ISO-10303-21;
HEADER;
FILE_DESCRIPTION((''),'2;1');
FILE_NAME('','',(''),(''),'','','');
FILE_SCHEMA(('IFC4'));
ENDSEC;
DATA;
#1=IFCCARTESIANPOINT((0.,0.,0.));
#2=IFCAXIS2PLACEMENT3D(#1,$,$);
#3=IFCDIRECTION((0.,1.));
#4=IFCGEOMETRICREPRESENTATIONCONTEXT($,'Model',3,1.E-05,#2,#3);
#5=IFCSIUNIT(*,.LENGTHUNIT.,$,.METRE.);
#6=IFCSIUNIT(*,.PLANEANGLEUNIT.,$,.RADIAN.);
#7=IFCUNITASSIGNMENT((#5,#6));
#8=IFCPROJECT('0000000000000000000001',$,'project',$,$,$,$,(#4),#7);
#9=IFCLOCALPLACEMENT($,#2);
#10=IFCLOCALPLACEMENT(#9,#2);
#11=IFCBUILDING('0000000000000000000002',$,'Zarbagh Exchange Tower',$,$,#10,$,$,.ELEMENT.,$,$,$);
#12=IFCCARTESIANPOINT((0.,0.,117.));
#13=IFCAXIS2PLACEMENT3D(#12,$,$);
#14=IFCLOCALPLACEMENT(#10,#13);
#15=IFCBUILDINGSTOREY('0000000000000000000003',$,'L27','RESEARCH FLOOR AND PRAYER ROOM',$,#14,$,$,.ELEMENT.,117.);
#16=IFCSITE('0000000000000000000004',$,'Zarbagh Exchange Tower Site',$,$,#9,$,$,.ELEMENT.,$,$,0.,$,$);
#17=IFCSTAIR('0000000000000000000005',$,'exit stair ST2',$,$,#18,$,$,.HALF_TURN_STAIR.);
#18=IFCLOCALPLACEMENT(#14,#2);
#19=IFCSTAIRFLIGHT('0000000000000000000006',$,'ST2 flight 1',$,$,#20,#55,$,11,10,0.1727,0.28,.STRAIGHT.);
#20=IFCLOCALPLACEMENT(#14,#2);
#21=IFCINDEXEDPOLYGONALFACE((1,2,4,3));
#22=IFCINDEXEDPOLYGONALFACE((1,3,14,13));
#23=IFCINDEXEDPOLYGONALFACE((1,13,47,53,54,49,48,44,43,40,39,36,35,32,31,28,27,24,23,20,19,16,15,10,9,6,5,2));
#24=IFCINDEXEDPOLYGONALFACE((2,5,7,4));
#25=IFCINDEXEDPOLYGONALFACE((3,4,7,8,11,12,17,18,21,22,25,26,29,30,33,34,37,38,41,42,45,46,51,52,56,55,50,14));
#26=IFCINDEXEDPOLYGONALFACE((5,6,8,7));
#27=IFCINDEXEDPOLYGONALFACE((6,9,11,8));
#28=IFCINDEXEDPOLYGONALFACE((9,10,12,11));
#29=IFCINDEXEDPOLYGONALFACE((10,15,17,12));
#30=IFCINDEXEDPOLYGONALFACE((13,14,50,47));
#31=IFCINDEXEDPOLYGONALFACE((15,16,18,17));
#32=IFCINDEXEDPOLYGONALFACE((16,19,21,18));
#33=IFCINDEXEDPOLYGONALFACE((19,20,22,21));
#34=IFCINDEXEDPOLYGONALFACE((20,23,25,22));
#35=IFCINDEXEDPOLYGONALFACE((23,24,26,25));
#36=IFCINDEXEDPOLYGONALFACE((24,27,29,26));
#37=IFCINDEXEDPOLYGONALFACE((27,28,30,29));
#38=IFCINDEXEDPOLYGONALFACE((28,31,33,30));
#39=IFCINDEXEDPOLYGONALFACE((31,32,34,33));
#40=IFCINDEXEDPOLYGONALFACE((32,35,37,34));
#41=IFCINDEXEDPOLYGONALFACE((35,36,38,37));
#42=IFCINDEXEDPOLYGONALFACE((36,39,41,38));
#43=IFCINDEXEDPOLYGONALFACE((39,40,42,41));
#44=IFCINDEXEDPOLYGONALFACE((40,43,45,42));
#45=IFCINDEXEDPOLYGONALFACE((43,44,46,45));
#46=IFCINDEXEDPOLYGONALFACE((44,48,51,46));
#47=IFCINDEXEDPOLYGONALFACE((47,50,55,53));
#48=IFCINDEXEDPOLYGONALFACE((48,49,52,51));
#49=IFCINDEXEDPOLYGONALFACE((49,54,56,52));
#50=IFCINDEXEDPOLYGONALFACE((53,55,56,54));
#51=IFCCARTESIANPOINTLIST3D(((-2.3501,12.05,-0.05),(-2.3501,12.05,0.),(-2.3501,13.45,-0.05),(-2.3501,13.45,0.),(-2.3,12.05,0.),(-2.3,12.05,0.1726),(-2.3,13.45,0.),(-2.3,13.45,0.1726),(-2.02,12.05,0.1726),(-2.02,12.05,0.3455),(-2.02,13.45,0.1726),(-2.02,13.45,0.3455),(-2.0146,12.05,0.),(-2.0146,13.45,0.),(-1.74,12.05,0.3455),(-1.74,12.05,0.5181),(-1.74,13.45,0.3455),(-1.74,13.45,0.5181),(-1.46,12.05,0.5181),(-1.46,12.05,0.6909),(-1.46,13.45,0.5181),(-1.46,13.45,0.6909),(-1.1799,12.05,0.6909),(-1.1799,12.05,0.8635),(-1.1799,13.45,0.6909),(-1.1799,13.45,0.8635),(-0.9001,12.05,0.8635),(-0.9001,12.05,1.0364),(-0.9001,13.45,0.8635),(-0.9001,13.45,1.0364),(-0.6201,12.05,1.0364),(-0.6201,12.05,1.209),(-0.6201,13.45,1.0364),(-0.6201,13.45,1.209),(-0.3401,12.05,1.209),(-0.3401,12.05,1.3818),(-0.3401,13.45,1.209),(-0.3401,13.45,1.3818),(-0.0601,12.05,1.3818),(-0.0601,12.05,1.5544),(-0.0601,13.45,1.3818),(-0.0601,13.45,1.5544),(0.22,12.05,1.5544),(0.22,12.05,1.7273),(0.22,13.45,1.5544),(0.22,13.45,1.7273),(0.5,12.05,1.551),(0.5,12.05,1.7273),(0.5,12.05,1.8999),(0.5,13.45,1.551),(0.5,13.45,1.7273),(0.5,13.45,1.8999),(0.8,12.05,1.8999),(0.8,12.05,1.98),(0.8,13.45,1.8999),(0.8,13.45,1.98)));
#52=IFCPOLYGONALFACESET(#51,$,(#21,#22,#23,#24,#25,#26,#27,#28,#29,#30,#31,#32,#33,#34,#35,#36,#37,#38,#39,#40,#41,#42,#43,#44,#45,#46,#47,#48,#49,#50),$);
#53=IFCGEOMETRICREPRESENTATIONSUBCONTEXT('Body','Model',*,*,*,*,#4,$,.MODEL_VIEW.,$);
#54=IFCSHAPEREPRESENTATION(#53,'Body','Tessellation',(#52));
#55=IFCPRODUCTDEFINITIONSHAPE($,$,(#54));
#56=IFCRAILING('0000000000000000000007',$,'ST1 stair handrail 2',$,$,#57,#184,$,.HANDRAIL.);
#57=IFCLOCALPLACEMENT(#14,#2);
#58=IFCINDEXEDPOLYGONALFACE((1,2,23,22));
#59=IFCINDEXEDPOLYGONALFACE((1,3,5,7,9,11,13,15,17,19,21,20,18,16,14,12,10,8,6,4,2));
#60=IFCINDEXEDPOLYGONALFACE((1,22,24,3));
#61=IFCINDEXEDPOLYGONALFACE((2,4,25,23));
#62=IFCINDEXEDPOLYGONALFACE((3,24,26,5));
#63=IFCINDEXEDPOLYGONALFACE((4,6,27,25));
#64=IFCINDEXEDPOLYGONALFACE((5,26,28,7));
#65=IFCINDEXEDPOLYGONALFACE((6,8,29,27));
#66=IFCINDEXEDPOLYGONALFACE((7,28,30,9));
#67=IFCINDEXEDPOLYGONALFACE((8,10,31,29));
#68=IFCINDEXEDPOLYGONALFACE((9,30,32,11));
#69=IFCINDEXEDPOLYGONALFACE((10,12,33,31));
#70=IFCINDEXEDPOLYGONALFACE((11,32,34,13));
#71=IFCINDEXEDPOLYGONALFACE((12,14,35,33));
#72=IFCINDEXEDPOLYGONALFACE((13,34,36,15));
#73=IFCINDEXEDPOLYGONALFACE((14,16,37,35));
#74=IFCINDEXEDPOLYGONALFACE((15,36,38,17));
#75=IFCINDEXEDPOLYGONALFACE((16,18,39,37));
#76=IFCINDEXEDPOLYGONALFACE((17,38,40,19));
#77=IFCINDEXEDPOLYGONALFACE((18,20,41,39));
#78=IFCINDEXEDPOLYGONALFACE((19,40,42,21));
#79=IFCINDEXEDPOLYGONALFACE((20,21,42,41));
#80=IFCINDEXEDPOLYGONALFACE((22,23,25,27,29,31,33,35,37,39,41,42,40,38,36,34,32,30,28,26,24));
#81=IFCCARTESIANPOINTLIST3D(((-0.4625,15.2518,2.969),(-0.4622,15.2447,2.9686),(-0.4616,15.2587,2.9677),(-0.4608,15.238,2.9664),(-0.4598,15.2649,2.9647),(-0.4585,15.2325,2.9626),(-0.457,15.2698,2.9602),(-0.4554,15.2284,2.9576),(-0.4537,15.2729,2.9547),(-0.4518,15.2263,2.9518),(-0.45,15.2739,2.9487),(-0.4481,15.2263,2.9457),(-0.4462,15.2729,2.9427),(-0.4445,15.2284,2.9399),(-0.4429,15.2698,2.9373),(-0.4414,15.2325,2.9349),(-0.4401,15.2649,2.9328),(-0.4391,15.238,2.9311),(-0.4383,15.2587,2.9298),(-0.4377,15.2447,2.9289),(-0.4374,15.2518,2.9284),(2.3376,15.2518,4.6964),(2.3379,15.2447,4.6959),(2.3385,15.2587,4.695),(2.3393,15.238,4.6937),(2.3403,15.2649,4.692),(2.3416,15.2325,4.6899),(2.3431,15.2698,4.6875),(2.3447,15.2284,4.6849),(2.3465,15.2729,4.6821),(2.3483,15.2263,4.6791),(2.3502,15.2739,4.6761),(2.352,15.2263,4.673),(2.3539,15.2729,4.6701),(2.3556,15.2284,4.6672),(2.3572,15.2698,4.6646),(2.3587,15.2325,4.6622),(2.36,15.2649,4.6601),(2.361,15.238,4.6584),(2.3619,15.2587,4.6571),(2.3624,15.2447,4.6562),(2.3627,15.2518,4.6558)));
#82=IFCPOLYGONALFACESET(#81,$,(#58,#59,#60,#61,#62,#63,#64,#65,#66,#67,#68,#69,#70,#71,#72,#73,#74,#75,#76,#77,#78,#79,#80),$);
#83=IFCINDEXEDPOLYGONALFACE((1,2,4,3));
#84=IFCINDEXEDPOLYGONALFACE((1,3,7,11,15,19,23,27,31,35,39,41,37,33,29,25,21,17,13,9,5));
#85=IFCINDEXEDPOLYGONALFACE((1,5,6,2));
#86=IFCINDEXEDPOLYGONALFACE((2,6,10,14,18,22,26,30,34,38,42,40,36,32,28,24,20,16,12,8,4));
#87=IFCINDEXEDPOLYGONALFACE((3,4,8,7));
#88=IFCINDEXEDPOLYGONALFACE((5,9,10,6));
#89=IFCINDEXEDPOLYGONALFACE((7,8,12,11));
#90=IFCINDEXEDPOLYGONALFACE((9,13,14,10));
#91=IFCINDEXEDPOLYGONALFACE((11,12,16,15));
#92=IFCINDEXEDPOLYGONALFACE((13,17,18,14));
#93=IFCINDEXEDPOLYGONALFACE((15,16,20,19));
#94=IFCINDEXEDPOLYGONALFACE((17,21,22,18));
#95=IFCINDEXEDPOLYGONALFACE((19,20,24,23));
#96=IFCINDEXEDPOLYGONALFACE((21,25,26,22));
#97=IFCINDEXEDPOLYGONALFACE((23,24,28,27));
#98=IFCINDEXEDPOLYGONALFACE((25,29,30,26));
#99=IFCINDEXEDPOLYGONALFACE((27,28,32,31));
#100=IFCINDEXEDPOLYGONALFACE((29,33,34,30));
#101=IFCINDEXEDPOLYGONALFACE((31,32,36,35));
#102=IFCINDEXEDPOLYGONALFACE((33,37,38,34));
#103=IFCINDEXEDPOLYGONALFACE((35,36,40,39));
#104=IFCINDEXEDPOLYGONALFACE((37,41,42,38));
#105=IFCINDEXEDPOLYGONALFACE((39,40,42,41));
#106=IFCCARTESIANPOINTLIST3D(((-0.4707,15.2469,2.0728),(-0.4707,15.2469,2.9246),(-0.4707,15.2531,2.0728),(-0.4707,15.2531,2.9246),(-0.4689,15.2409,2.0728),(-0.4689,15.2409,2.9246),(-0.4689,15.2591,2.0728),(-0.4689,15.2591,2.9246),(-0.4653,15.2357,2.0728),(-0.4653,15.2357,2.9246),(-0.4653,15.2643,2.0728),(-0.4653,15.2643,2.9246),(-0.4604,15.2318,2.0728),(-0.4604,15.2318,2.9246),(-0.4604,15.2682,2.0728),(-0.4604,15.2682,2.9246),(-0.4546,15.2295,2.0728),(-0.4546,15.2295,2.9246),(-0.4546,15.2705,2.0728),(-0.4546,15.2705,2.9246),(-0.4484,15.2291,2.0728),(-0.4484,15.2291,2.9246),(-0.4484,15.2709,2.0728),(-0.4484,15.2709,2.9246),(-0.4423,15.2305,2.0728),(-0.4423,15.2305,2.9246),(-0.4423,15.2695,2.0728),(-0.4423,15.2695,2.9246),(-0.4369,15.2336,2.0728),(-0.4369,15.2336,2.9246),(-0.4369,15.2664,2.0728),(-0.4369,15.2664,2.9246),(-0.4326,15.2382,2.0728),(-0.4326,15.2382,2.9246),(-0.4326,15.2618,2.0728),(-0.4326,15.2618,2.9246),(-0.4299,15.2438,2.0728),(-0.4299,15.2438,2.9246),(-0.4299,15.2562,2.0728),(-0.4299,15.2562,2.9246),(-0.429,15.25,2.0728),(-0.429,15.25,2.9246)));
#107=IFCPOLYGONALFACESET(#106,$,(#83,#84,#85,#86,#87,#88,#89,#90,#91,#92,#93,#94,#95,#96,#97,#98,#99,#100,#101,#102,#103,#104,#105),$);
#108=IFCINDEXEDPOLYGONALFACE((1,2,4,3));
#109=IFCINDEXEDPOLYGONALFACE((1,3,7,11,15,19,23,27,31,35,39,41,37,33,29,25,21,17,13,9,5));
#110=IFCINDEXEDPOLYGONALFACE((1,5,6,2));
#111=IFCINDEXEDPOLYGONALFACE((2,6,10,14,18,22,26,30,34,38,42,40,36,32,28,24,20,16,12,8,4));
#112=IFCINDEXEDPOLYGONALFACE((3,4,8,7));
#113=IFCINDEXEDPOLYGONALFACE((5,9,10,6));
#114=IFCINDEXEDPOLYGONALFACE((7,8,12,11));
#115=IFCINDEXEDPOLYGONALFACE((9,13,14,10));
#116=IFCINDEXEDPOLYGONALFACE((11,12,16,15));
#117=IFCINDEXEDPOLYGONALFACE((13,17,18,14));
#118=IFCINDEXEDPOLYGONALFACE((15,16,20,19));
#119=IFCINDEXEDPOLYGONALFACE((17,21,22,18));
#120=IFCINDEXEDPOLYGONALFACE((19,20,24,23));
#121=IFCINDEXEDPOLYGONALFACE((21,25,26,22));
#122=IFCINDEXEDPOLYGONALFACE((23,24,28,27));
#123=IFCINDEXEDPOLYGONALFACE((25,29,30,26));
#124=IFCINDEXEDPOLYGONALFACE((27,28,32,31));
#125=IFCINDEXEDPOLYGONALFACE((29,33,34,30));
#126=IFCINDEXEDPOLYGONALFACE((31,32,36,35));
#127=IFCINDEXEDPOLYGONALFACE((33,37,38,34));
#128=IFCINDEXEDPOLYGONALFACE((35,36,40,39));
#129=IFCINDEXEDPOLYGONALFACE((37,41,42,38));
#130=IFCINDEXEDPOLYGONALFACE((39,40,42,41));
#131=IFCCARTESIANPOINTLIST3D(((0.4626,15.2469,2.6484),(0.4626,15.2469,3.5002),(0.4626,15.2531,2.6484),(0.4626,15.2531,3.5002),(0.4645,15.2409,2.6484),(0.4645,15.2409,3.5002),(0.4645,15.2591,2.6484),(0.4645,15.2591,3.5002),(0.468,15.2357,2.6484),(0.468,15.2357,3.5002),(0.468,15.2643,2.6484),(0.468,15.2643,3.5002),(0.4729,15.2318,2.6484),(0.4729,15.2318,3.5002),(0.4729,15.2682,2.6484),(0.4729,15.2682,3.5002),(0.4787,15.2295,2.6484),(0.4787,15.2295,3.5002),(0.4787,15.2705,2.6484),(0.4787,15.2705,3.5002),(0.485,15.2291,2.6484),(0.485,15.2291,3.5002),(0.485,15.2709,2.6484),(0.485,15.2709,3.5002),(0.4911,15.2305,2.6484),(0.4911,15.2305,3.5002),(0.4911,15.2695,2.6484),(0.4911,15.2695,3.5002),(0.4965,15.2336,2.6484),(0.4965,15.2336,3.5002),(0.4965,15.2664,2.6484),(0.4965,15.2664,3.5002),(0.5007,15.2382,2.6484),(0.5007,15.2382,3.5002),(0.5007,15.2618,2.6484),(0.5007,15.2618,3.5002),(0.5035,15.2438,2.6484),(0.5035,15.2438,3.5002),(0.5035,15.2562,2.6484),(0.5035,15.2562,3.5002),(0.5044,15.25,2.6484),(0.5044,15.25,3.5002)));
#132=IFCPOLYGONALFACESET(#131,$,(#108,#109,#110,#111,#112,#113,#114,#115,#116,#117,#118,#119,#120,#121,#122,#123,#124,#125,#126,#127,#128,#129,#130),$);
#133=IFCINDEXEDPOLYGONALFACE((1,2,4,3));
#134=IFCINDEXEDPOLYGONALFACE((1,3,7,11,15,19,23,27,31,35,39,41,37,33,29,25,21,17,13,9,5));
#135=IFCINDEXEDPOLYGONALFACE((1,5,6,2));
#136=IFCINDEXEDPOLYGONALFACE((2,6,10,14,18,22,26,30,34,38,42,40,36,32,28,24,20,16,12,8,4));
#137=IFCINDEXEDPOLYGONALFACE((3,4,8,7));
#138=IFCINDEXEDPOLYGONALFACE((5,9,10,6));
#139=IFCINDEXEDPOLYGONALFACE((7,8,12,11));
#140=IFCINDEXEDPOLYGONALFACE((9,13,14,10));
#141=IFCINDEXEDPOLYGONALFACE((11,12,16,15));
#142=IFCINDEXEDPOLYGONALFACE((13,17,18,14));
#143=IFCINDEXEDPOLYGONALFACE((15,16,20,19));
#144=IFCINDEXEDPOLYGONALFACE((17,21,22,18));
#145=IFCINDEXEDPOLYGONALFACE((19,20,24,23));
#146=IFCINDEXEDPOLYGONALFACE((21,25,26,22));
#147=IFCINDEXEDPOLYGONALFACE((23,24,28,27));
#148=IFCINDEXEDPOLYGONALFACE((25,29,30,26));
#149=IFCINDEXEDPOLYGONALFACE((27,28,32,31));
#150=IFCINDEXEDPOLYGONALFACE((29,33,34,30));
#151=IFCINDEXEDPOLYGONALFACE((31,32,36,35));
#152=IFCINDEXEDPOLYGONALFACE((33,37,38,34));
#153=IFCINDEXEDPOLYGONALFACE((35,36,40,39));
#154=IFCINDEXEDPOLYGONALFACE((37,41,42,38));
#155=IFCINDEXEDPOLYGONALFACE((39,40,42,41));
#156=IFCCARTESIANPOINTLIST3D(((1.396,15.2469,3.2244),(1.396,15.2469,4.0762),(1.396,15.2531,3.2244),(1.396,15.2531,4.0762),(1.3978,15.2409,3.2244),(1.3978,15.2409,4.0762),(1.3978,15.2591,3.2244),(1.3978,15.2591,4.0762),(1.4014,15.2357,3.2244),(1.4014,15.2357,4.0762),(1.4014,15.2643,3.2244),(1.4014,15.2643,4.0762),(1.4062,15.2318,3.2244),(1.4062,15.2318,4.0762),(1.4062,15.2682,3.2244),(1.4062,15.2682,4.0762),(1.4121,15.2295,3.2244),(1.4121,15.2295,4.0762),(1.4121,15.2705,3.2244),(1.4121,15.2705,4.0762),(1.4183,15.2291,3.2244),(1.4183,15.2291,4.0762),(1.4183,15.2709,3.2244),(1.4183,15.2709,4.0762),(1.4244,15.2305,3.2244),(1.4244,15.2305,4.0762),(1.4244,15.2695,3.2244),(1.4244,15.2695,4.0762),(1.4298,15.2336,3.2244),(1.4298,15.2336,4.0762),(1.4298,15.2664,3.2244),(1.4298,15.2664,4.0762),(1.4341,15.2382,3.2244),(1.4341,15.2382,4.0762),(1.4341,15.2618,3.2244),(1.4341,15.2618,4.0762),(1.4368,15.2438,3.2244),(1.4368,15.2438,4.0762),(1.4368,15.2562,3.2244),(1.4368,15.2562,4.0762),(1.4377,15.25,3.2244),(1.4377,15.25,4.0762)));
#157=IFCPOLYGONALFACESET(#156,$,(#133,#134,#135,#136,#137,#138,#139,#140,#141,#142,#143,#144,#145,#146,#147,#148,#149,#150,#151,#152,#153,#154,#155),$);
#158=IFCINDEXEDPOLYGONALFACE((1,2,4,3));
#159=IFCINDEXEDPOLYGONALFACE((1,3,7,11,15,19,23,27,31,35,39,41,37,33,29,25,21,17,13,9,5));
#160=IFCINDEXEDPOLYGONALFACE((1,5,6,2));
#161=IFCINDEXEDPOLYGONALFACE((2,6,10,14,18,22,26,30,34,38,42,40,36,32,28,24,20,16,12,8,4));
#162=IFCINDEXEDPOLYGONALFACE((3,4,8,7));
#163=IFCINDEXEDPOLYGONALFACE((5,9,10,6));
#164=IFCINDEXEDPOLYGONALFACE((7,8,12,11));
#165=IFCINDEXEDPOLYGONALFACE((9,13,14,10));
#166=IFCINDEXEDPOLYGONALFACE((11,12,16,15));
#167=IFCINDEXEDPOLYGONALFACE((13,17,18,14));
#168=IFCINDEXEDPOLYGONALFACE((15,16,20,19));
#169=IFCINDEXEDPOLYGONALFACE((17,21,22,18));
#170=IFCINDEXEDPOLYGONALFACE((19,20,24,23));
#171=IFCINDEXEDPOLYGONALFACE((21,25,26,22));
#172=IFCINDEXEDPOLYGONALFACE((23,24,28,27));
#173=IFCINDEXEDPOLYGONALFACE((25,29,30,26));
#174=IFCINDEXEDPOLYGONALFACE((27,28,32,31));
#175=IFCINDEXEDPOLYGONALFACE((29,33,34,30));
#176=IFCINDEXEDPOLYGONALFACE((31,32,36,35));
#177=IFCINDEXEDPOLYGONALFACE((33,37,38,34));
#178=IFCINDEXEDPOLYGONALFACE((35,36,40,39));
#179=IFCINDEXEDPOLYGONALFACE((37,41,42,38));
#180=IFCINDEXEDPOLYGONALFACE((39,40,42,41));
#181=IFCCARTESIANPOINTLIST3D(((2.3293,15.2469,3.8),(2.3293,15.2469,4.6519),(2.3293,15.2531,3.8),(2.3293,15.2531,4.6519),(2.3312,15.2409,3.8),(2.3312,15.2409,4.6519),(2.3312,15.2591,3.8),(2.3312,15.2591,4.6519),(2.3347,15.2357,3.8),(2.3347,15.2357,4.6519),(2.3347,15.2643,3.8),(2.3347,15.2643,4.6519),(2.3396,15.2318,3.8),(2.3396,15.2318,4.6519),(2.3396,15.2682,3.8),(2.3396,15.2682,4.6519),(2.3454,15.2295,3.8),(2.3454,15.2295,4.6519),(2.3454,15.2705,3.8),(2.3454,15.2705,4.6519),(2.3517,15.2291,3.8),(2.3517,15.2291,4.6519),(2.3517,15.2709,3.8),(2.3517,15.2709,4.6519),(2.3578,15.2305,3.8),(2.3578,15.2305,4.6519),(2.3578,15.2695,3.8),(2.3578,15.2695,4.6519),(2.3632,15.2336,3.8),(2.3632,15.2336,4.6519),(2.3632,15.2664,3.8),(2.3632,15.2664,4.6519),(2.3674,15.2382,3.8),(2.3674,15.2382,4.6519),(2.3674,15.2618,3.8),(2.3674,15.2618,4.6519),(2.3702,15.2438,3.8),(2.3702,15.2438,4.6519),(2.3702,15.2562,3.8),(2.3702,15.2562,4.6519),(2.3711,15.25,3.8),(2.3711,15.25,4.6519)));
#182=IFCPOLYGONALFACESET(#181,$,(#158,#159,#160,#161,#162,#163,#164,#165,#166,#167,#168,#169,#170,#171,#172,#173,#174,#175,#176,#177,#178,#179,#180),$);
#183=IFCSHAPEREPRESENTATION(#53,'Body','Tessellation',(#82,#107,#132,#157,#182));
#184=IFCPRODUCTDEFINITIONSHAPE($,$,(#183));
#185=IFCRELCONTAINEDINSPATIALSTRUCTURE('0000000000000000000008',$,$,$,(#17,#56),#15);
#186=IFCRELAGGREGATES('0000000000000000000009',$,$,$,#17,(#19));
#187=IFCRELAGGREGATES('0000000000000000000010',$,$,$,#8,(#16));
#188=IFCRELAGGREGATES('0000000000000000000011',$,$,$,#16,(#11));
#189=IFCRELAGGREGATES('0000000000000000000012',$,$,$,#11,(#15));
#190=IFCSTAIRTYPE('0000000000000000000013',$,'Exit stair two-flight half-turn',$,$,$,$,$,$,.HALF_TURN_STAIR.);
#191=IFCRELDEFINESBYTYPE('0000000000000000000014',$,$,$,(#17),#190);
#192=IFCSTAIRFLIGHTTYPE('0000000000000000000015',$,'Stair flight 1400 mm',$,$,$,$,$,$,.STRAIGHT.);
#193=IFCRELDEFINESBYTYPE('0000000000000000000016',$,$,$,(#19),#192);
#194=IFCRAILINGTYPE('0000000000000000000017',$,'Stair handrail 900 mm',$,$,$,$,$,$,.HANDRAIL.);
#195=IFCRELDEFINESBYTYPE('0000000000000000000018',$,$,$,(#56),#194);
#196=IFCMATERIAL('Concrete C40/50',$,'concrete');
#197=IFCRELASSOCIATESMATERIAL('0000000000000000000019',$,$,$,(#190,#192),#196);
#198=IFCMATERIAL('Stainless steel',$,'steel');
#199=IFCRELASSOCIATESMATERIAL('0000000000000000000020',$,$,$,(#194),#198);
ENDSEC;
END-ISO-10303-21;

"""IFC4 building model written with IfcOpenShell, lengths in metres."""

from ifc_helpers import new_model, si_unit, direction, frame, origin, origin_2d, place, context, subcontext, project, spatial, polyline, circle, outline, extrude, material, type_object, element, aggregate, save


model = new_model("IFC4")

# Units and contexts
model_context = context("Model", 3, precision=1e-05, world=origin(), true_north=direction((0.0, 1.0)))
body_context = subcontext(model_context, "Body", "Model", "MODEL_VIEW")
ifc_project = project(units=[si_unit("LENGTHUNIT", "METRE"), si_unit("PLANEANGLEUNIT", "RADIAN")], contexts=[model_context])

# Site, building, storey
site_placement = place(None, origin())
site = spatial("IfcSite", under=ifc_project, at=site_placement, Name="Zarbagh Exchange Tower Site", CompositionType="ELEMENT", RefElevation=0.0)
building_placement = place(site_placement, origin())
building = spatial("IfcBuilding", under=site, at=building_placement, Name="Zarbagh Exchange Tower", CompositionType="ELEMENT")
storey_placement = place(building_placement, frame((0.0, 0.0, 117.0)))
storey = spatial("IfcBuildingStorey", under=building, at=storey_placement, Name="L27", Description="RESEARCH FLOOR AND PRAYER ROOM", CompositionType="ELEMENT", Elevation=117.0)

# Shared definitions
ifc_material_1 = material(Name="Stainless steel", Category="steel")

# Stair, stair flight
ifc_material_2 = material(Name="Concrete C40/50", Category="concrete")
stair_type = type_object("IfcStairType", Name="Exit stair two-flight half-turn", PredefinedType="HALF_TURN_STAIR", material=ifc_material_2)
stair_1_placement = place(storey_placement, origin())
stair_1 = element("IfcStair", 1, at=stair_1_placement, inside=storey, type_object=stair_type, Name="exit stair ST2", PredefinedType="HALF_TURN_STAIR")
stair_flight_type_1 = type_object("IfcStairFlightType", Name="Stair flight 1400 mm", PredefinedType="STRAIGHT", material=ifc_material_2)
stair_flight_1_placement = place(storey_placement, frame((-2.3, 12.75, 0.0), z_axis=(0.0, 0.0, 1.0), x_axis=(1.0, 0.0, 0.0)))
stair_flight_1 = element("IfcStairFlight", 2, at=stair_flight_1_placement, type_object=stair_flight_type_1, Name="ST2 flight 1", NumberOfRisers=11, NumberOfTreads=10, PredefinedType="STRAIGHT", RiserHeight=0.1727, TreadLength=0.28, context=body_context, shape_type="SweptSolid", body=[
    extrude(outline(polyline([(-0.05, -0.05), (-0.05, 0.0), (0.0, 0.0), (0.0, 0.1726), (0.28, 0.1726), (0.28, 0.3455), (0.5601, 0.3455), (0.5601, 0.5181), (0.8401, 0.5181), (0.8401, 0.6909), (1.1201, 0.6909), (1.1201, 0.8635), (1.3999, 0.8635), (1.3999, 1.0364), (1.6799, 1.0364), (1.6799, 1.209), (1.96, 1.209), (1.96, 1.3818), (2.24, 1.3818), (2.24, 1.5544), (2.52, 1.5544), (2.52, 1.7273), (2.8, 1.7273), (2.8, 1.8999), (3.1001, 1.98), (3.1001, 1.8999), (2.8, 1.551), (0.2854, 0.0), (-0.05, -0.05)])), frame((0.0, 0.7, 0.0), z_axis=(0.0, -1.0, 0.0), x_axis=(1.0, 0.0, 0.0)), (0.0, 0.0, 1.0), 1.3999),
])
aggregate(stair_1, [stair_flight_1])

# Railing
railing_type_1 = type_object("IfcRailingType", Name="Stair handrail 900 mm", PredefinedType="HANDRAIL", material=ifc_material_1)
railing_1_placement = place(storey_placement, frame((-0.45, 15.25, 2.0728)))
element("IfcRailing", 3, at=railing_1_placement, inside=storey, type_object=railing_type_1, Name="ST1 stair handrail 2", PredefinedType="HANDRAIL", context=body_context, shape_type="SweptSolid", body=[
    extrude(circle(Radius=0.0239, at=origin_2d()), frame((0.0, 0.0, 0.876), z_axis=(0.85109, 0.0, 0.52502), x_axis=(0.0, 1.0, 0.0)), (0.0, 0.0, 1.0), 3.29),
    extrude(circle(Radius=0.021, at=origin_2d()), origin(), (0.0, 0.0, 1.0), 0.8518),
    extrude(circle(Radius=0.021, at=origin_2d()), frame((0.9333, 0.0, 0.5757)), (0.0, 0.0, 1.0), 0.8518),
    extrude(circle(Radius=0.021, at=origin_2d()), frame((1.8667, 0.0, 1.1516)), (0.0, 0.0, 1.0), 0.8518),
    extrude(circle(Radius=0.021, at=origin_2d()), frame((2.8, 0.0, 1.7273)), (0.0, 0.0, 1.0), 0.8518),
])

save(model, "model.ifc")
